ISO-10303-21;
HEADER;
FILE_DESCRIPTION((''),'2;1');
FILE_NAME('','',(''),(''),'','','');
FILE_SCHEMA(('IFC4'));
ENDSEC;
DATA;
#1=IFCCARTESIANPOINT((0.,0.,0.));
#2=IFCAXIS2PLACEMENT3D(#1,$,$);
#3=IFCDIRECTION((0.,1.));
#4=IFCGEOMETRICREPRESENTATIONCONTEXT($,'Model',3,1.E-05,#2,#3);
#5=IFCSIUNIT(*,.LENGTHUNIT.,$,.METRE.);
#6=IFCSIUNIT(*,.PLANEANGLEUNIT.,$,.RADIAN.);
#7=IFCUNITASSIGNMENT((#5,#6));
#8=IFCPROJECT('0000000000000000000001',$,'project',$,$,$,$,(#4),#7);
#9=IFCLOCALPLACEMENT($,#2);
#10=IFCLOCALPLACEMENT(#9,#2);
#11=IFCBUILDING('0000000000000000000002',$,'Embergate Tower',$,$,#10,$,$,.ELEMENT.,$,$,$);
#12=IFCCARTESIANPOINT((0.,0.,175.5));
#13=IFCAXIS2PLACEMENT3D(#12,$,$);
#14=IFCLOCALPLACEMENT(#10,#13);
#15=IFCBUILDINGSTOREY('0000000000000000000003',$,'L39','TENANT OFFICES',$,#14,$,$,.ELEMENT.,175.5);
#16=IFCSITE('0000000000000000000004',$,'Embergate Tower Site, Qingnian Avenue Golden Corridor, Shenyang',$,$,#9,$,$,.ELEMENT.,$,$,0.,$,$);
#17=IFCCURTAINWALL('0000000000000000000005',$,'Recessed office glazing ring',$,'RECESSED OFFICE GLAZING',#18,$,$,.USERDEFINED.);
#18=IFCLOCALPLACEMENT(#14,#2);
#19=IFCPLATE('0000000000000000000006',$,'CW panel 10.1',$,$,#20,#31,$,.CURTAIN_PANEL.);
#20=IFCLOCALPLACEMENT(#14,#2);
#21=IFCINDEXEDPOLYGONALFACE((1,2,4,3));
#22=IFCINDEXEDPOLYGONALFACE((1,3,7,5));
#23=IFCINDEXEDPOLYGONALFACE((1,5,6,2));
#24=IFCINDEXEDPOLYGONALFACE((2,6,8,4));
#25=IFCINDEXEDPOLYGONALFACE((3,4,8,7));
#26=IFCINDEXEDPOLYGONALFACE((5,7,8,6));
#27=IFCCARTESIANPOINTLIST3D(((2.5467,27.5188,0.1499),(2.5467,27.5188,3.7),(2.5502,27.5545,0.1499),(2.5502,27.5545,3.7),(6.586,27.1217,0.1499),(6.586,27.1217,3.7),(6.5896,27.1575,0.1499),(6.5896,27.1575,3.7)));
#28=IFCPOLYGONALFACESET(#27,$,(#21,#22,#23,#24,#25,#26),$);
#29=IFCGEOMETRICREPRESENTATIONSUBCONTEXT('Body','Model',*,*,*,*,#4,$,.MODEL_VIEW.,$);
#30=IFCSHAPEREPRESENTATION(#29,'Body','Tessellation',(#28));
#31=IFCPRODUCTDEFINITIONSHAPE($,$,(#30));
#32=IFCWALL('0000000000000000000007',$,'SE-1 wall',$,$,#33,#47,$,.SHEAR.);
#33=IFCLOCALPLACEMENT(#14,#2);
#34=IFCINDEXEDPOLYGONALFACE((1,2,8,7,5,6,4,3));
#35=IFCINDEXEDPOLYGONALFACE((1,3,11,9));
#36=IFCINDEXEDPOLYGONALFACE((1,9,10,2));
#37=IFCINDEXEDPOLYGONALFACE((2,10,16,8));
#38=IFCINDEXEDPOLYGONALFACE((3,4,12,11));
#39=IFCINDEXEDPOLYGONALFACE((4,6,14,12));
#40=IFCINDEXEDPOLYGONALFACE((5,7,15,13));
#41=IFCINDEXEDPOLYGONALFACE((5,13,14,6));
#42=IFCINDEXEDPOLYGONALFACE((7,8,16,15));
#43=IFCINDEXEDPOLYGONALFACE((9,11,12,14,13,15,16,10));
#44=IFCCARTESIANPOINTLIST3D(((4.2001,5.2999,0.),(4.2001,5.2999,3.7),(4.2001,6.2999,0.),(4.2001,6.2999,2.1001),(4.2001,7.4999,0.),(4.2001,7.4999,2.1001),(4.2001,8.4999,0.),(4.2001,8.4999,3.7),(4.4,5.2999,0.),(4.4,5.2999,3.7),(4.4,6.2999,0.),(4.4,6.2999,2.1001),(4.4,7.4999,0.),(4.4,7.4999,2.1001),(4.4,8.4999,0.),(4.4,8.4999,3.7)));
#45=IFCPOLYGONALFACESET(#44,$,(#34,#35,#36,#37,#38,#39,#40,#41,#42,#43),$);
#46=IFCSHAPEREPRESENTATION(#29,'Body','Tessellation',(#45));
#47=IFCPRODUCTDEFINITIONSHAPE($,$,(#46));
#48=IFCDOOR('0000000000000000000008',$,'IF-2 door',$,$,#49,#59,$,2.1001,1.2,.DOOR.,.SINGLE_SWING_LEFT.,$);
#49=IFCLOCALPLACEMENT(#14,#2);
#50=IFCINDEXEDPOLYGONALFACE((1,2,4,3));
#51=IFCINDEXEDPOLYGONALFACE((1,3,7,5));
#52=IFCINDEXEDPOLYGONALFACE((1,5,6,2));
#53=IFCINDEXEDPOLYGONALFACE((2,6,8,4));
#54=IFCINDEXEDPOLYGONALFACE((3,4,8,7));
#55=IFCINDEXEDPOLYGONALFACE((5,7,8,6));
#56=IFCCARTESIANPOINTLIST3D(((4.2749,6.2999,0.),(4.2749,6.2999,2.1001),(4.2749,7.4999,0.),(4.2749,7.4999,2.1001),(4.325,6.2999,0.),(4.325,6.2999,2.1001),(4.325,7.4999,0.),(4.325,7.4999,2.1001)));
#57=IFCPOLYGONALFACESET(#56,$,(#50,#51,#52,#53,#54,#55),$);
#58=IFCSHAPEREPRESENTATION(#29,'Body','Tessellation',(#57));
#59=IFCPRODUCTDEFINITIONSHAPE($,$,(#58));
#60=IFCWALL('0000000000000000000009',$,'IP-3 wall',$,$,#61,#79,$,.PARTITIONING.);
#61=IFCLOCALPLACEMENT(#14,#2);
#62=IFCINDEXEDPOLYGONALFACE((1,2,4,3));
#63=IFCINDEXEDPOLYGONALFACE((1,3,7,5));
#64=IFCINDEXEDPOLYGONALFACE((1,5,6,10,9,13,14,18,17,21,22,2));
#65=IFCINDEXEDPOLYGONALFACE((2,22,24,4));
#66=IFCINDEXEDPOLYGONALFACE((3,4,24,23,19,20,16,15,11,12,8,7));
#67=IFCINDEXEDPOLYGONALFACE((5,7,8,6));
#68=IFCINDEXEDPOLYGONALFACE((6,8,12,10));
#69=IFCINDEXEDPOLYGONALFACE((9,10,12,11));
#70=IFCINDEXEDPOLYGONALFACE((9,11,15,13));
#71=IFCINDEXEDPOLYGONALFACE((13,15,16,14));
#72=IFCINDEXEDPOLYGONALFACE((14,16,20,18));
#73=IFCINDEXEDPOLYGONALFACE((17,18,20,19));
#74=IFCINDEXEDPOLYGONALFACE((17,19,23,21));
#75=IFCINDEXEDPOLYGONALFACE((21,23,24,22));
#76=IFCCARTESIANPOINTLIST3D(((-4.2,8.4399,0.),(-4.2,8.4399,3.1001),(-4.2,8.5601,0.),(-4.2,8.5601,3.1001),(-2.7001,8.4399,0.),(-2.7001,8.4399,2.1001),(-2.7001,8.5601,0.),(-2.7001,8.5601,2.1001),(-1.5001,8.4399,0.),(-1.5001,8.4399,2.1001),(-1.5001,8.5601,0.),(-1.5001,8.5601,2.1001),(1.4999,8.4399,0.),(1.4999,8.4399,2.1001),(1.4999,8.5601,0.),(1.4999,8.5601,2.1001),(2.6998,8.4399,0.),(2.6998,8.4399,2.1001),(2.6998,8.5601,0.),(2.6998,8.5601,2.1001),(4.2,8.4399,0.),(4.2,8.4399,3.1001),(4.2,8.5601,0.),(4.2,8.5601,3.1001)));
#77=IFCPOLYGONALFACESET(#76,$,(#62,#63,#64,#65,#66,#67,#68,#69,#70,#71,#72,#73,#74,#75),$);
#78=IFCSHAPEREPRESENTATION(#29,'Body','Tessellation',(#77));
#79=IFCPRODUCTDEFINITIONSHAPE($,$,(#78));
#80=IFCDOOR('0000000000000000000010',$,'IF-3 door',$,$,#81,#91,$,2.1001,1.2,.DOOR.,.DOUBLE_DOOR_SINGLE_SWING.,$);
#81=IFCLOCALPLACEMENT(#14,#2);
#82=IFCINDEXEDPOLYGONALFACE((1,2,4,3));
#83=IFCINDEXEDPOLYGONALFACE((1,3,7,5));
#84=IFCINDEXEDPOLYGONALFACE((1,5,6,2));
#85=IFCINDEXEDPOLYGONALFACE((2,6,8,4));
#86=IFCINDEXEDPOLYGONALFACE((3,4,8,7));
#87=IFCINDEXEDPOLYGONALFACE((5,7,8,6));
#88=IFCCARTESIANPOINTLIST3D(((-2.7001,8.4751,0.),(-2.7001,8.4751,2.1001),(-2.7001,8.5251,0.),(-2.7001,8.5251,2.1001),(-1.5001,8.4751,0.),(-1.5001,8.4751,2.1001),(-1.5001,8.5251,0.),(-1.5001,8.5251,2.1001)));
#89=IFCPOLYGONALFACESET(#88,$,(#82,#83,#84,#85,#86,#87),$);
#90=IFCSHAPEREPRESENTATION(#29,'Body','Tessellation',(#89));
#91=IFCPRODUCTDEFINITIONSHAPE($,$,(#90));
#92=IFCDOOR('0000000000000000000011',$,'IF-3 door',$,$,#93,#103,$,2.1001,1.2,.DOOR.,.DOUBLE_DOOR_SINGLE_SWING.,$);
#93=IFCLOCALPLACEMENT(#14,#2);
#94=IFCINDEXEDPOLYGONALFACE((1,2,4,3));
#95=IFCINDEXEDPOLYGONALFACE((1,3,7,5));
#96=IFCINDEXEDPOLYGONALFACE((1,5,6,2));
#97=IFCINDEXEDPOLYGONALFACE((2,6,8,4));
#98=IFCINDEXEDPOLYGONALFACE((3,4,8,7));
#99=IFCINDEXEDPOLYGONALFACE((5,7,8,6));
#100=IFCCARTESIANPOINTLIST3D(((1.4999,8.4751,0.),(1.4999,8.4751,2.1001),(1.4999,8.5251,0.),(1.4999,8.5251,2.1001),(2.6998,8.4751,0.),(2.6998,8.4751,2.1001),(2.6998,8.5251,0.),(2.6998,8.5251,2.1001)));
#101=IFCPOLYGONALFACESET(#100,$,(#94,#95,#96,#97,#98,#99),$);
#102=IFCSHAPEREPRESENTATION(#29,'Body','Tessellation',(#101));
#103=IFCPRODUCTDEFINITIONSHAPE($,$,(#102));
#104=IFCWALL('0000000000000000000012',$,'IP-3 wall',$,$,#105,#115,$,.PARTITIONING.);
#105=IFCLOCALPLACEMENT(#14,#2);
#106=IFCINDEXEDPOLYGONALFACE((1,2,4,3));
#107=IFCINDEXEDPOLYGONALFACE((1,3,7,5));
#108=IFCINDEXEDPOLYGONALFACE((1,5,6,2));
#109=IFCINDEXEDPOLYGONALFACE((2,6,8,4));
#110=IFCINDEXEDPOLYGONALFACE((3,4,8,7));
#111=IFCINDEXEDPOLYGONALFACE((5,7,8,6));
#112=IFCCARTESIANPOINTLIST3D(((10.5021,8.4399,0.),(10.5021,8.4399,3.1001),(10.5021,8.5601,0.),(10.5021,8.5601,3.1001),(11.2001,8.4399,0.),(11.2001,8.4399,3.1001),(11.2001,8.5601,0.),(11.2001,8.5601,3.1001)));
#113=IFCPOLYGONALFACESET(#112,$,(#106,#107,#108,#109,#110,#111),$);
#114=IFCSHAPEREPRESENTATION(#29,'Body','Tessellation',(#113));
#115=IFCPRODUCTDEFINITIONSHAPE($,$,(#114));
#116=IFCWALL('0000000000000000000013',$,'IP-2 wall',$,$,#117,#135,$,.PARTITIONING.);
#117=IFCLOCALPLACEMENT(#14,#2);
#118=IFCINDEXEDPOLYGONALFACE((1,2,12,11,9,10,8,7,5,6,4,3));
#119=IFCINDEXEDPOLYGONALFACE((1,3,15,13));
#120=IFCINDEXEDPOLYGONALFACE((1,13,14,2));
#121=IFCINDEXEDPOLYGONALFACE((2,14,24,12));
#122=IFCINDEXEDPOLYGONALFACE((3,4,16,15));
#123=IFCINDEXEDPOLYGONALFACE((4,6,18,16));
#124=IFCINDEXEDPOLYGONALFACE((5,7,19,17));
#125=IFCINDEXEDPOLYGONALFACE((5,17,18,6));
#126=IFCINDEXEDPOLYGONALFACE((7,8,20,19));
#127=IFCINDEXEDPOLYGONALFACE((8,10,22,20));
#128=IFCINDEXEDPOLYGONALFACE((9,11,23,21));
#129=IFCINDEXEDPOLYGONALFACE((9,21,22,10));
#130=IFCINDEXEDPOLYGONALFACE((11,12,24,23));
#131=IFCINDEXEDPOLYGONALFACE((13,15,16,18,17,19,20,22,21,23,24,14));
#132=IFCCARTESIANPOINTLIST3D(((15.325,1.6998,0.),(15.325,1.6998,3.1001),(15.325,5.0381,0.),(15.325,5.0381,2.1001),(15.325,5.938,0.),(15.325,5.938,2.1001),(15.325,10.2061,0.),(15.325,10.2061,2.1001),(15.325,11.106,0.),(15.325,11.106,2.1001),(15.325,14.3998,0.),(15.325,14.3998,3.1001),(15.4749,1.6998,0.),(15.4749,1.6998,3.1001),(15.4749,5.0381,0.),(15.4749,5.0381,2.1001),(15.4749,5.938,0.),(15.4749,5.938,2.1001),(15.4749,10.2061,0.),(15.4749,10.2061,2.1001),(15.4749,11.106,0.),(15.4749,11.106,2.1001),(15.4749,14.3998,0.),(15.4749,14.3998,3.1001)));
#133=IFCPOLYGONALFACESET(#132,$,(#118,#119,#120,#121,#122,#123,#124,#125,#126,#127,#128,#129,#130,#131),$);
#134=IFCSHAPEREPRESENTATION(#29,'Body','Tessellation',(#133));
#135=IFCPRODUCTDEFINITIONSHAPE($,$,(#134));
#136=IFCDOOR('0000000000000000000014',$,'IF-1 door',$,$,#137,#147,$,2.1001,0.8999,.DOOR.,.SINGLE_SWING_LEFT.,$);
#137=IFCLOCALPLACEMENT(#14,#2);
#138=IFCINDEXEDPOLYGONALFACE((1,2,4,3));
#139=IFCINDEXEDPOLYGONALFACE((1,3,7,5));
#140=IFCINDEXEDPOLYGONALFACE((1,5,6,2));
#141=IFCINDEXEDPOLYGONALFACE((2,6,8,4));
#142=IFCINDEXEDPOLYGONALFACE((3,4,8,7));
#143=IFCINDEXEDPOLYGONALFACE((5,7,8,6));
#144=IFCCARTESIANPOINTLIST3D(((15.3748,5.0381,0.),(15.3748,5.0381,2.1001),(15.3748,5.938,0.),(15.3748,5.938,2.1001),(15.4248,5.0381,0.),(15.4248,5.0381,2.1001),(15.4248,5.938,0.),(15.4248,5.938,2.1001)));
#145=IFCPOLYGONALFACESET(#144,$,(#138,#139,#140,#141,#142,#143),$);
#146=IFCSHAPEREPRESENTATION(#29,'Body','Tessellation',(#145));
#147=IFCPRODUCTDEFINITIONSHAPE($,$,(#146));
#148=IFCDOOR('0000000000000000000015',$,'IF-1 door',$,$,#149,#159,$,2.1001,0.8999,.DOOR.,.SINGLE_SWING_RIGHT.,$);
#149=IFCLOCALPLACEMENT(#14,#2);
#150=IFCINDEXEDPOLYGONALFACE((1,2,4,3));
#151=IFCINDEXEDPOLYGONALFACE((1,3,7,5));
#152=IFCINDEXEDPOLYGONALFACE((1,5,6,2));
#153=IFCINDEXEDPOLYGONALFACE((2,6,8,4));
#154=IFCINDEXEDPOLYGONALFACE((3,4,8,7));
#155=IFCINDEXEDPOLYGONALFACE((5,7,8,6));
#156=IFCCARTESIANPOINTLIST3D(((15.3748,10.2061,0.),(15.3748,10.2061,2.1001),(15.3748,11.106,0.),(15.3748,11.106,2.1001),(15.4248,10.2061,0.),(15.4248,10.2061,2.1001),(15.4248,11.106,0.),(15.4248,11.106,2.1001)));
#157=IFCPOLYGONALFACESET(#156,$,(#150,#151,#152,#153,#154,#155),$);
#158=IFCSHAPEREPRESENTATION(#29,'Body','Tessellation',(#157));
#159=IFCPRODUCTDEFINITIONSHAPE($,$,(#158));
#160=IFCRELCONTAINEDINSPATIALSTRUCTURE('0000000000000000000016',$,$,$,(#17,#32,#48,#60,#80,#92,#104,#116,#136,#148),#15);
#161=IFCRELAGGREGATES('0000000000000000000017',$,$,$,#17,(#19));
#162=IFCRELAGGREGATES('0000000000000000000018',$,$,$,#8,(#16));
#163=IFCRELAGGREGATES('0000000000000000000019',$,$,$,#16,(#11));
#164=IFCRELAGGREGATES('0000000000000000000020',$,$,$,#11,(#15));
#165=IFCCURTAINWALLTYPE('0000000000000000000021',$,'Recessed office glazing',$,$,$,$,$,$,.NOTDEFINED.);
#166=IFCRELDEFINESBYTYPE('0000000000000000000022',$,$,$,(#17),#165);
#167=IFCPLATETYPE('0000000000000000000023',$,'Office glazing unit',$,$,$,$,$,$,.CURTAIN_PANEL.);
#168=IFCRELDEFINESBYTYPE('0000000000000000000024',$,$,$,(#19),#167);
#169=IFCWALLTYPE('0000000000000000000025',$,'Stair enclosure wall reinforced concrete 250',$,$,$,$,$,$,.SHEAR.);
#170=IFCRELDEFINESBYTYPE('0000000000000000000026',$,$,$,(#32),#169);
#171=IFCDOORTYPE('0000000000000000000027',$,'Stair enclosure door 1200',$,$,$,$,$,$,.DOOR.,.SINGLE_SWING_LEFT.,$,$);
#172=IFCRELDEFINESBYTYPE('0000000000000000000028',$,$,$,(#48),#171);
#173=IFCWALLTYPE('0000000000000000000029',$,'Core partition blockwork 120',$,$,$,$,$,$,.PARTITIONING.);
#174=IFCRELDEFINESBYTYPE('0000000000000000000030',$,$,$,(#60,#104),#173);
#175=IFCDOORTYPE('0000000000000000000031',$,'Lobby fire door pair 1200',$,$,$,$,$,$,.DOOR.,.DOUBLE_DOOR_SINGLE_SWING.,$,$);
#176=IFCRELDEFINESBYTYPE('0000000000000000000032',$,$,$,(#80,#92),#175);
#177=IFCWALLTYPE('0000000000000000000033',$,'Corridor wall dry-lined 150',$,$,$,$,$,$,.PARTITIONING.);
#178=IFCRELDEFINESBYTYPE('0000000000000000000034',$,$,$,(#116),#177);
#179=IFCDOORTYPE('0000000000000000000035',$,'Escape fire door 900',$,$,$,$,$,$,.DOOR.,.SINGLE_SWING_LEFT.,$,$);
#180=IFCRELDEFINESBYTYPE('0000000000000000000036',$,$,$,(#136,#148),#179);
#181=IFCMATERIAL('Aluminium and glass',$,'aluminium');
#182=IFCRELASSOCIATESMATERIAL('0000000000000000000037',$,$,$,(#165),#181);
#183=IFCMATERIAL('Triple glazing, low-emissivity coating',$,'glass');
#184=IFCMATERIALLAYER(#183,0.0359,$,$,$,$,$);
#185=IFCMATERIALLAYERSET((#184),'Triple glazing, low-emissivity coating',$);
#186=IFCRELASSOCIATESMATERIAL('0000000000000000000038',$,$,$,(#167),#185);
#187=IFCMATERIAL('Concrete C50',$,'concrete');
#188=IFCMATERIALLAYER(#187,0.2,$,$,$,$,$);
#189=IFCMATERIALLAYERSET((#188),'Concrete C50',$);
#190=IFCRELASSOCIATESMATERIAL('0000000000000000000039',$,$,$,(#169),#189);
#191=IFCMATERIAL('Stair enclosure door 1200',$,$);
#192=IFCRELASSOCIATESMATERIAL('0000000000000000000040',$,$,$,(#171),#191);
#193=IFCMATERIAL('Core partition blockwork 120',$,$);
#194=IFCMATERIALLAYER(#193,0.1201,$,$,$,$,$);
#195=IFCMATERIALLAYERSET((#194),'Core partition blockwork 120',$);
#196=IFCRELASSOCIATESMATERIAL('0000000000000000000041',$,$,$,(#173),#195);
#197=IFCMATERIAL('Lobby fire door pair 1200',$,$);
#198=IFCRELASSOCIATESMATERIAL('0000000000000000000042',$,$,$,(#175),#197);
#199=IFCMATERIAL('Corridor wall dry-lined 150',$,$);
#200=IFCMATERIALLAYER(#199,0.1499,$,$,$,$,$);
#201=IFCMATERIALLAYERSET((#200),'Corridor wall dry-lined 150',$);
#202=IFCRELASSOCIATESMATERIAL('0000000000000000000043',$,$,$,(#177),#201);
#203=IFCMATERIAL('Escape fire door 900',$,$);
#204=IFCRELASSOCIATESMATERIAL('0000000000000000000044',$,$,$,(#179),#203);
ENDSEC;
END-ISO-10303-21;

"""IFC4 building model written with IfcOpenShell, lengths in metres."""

from ifc_helpers import new_model, si_unit, direction, frame, frame_2d, origin, origin_2d, place, context, subcontext, project, spatial, rectangle, extrude, source, transform, mapped, material, layer, layer_set, type_object, element, fill, aggregate, save


model = new_model("IFC4")

# Units and contexts
model_context = context("Model", 3, precision=1e-05, world=origin(), true_north=direction((0.0, 1.0)))
body_context = subcontext(model_context, "Body", "Model", "MODEL_VIEW")
ifc_project = project(units=[si_unit("LENGTHUNIT", "METRE"), si_unit("PLANEANGLEUNIT", "RADIAN")], contexts=[model_context])

# Site, building, storey
site_placement = place(None, origin())
site = spatial("IfcSite", under=ifc_project, at=site_placement, Name="Embergate Tower Site, Qingnian Avenue Golden Corridor, Shenyang", CompositionType="ELEMENT", RefElevation=0.0)
building_placement = place(site_placement, origin())
building = spatial("IfcBuilding", under=site, at=building_placement, Name="Embergate Tower", CompositionType="ELEMENT")
storey_placement = place(building_placement, frame((0.0, 0.0, 175.5)))
storey = spatial("IfcBuildingStorey", under=building, at=storey_placement, Name="L39", Description="TENANT OFFICES", CompositionType="ELEMENT", Elevation=175.5)

# Curtain wall, plate
ifc_material_1 = material(Name="Aluminium and glass", Category="aluminium")
curtain_wall_type = type_object("IfcCurtainWallType", Name="Recessed office glazing", PredefinedType="NOTDEFINED", material=ifc_material_1)
curtain_wall_placement = place(storey_placement, origin())
curtain_wall = element("IfcCurtainWall", 1, at=curtain_wall_placement, inside=storey, type_object=curtain_wall_type, Name="Recessed office glazing ring", ObjectType="RECESSED OFFICE GLAZING", PredefinedType="USERDEFINED")
ifc_material_2 = material(Name="Triple glazing, low-emissivity coating", Category="glass")
ifc_layer_1 = layer(ifc_material_2, 0.0359)
ifc_layer_set_1 = layer_set([ifc_layer_1], Name="Triple glazing, low-emissivity coating")
plate_type = type_object("IfcPlateType", Name="Office glazing unit", PredefinedType="CURTAIN_PANEL", material=ifc_layer_set_1)
shared_shape_1 = source(origin(), body_context, "Body", "SweptSolid", [
    extrude(rectangle(XDim=4.0588, YDim=0.0359, at=origin_2d()), origin(), (0.0, 0.0, 1.0), 3.55),
])
plate_1_placement = place(storey_placement, frame((4.5681, 27.3381, 0.1499), z_axis=(0.0, 0.0, 1.0), x_axis=(-0.995203, 0.097828, 0.0)))
plate_1 = element("IfcPlate", 2, at=plate_1_placement, type_object=plate_type, Name="CW panel 10.1", PredefinedType="CURTAIN_PANEL", context=body_context, shape_type="MappedRepresentation", body=[
    mapped(shared_shape_1, transform((0.0, 0.0, 0.0))),
])
aggregate(curtain_wall, [plate_1])

# Wall, opening, door
ifc_material_3 = material(Name="Concrete C50", Category="concrete")
ifc_layer_2 = layer(ifc_material_3, 0.2)
ifc_layer_set_2 = layer_set([ifc_layer_2], Name="Concrete C50")
wall_type_1 = type_object("IfcWallType", Name="Stair enclosure wall reinforced concrete 250", PredefinedType="SHEAR", material=ifc_layer_set_2)
shared_shape_2 = source(origin(), body_context, "Body", "SweptSolid", [
    extrude(rectangle(XDim=3.2, YDim=0.2, at=frame_2d((1.6001, 0.0))), origin(), (0.0, 0.0, 1.0), 3.7),
])
wall_1_placement = place(storey_placement, frame((4.3, 8.5, 0.0), z_axis=(0.0, 0.0, 1.0), x_axis=(0.0, -1.0, 0.0)))
wall_1 = element("IfcWall", 3, at=wall_1_placement, inside=storey, type_object=wall_type_1, Name="SE-1 wall", PredefinedType="SHEAR", context=body_context, shape_type="MappedRepresentation", body=[
    mapped(shared_shape_2, transform((0.0, 0.0, 0.0))),
])
shared_shape_3 = source(origin(), body_context, "Body", "SweptSolid", [
    extrude(rectangle(XDim=1.2, YDim=2.1001, at=frame_2d((0.6001, 1.05))), frame((0.0, 0.1099, 0.0), z_axis=(0.0, -1.0, 0.0), x_axis=(1.0, 0.0, 0.0)), (0.0, 0.0, 1.0), 0.22),
])
opening_1_placement = place(wall_1_placement, frame((1.0, 0.0, 0.0)))
opening_1 = element("IfcOpeningElement", 4, at=opening_1_placement, cuts=wall_1, PredefinedType="OPENING", context=body_context, shape_type="MappedRepresentation", body=[
    mapped(shared_shape_3, transform((0.0, 0.0, 0.0))),
])
ifc_material_4 = material(Name="Stair enclosure door 1200")
door_type_1 = type_object("IfcDoorType", Name="Stair enclosure door 1200", OperationType="SINGLE_SWING_LEFT", PredefinedType="DOOR", material=ifc_material_4)
shared_shape_4 = source(origin(), body_context, "Body", "SweptSolid", [
    extrude(rectangle(XDim=1.2, YDim=2.1001, at=frame_2d((0.6001, 1.05))), frame((0.0, 0.0249, 0.0), z_axis=(0.0, -1.0, 0.0), x_axis=(1.0, 0.0, 0.0)), (0.0, 0.0, 1.0), 0.05),
])
door_1_placement = place(opening_1_placement, origin())
door_1 = element("IfcDoor", 5, at=door_1_placement, inside=storey, type_object=door_type_1, Name="IF-2 door", OperationType="SINGLE_SWING_LEFT", OverallHeight=2.1001, OverallWidth=1.2, PredefinedType="DOOR", context=body_context, shape_type="MappedRepresentation", body=[
    mapped(shared_shape_4, transform((0.0, 0.0, 0.0))),
])
fill(opening_1, door_1)

# Wall, openings, doors
ifc_material_5 = material(Name="Core partition blockwork 120")
ifc_layer_3 = layer(ifc_material_5, 0.1201)
ifc_layer_set_3 = layer_set([ifc_layer_3], Name="Core partition blockwork 120")
wall_type_2 = type_object("IfcWallType", Name="Core partition blockwork 120", PredefinedType="PARTITIONING", material=ifc_layer_set_3)
shared_shape_5 = source(origin(), body_context, "Body", "SweptSolid", [
    extrude(rectangle(XDim=8.3999, YDim=0.1201, at=frame_2d((4.2, 0.0))), origin(), (0.0, 0.0, 1.0), 3.1001),
])
wall_2_placement = place(storey_placement, frame((4.2, 8.5, 0.0), z_axis=(0.0, 0.0, 1.0), x_axis=(-1.0, 0.0, 0.0)))
wall_2 = element("IfcWall", 6, at=wall_2_placement, inside=storey, type_object=wall_type_2, Name="IP-3 wall", PredefinedType="PARTITIONING", context=body_context, shape_type="MappedRepresentation", body=[
    mapped(shared_shape_5, transform((0.0, 0.0, 0.0))),
])
shared_shape_6 = source(origin(), body_context, "Body", "SweptSolid", [
    extrude(rectangle(XDim=1.2, YDim=2.1001, at=frame_2d((0.6001, 1.05))), frame((0.0, 0.0701, 0.0), z_axis=(0.0, -1.0, 0.0), x_axis=(1.0, 0.0, 0.0)), (0.0, 0.0, 1.0), 0.1401),
])
opening_2_placement = place(wall_2_placement, frame((5.7, 0.0, 0.0)))
opening_2 = element("IfcOpeningElement", 7, at=opening_2_placement, cuts=wall_2, PredefinedType="OPENING", context=body_context, shape_type="MappedRepresentation", body=[
    mapped(shared_shape_6, transform((0.0, 0.0, 0.0))),
])
opening_3_placement = place(wall_2_placement, frame((1.5, 0.0, 0.0)))
opening_3 = element("IfcOpeningElement", 8, at=opening_3_placement, cuts=wall_2, PredefinedType="OPENING", context=body_context, shape_type="MappedRepresentation", body=[
    mapped(shared_shape_6, transform((0.0, 0.0, 0.0))),
])
ifc_material_6 = material(Name="Lobby fire door pair 1200")
door_type_2 = type_object("IfcDoorType", Name="Lobby fire door pair 1200", OperationType="DOUBLE_DOOR_SINGLE_SWING", PredefinedType="DOOR", material=ifc_material_6)
door_2_placement = place(opening_2_placement, origin())
door_2 = element("IfcDoor", 9, at=door_2_placement, inside=storey, type_object=door_type_2, Name="IF-3 door", OperationType="DOUBLE_DOOR_SINGLE_SWING", OverallHeight=2.1001, OverallWidth=1.2, PredefinedType="DOOR", context=body_context, shape_type="MappedRepresentation", body=[
    mapped(shared_shape_4, transform((0.0, 0.0, 0.0))),
])
fill(opening_2, door_2)
door_3_placement = place(opening_3_placement, origin())
door_3 = element("IfcDoor", 10, at=door_3_placement, inside=storey, type_object=door_type_2, Name="IF-3 door", OperationType="DOUBLE_DOOR_SINGLE_SWING", OverallHeight=2.1001, OverallWidth=1.2, PredefinedType="DOOR", context=body_context, shape_type="MappedRepresentation", body=[
    mapped(shared_shape_4, transform((0.0, 0.0, 0.0))),
])
fill(opening_3, door_3)

# Wall
shared_shape_7 = source(origin(), body_context, "Body", "SweptSolid", [
    extrude(rectangle(XDim=0.698, YDim=0.1201, at=frame_2d((0.3491, 0.0))), origin(), (0.0, 0.0, 1.0), 3.1001),
])
wall_3_placement = place(storey_placement, frame((10.502, 8.5, 0.0), z_axis=(0.0, 0.0, 1.0), x_axis=(1.0, 0.0, 0.0)))
element("IfcWall", 11, at=wall_3_placement, inside=storey, type_object=wall_type_2, Name="IP-3 wall", PredefinedType="PARTITIONING", context=body_context, shape_type="MappedRepresentation", body=[
    mapped(shared_shape_7, transform((0.0, 0.0, 0.0))),
])

# Wall, openings, doors
ifc_material_7 = material(Name="Corridor wall dry-lined 150")
ifc_layer_4 = layer(ifc_material_7, 0.1499)
ifc_layer_set_4 = layer_set([ifc_layer_4], Name="Corridor wall dry-lined 150")
wall_type_3 = type_object("IfcWallType", Name="Corridor wall dry-lined 150", PredefinedType="PARTITIONING", material=ifc_layer_set_4)
shared_shape_8 = source(origin(), body_context, "Body", "SweptSolid", [
    extrude(rectangle(XDim=12.7, YDim=0.1499, at=frame_2d((6.3501, 0.0))), origin(), (0.0, 0.0, 1.0), 3.1001),
])
wall_4_placement = place(storey_placement, frame((15.3999, 14.3999, 0.0), z_axis=(0.0, 0.0, 1.0), x_axis=(0.0, -1.0, 0.0)))
wall_4 = element("IfcWall", 12, at=wall_4_placement, inside=storey, type_object=wall_type_3, Name="IP-2 wall", PredefinedType="PARTITIONING", context=body_context, shape_type="MappedRepresentation", body=[
    mapped(shared_shape_8, transform((0.0, 0.0, 0.0))),
])
shared_shape_9 = source(origin(), body_context, "Body", "SweptSolid", [
    extrude(rectangle(XDim=0.8999, YDim=2.1001, at=frame_2d((0.45, 1.05))), frame((0.0, 0.085, 0.0), z_axis=(0.0, -1.0, 0.0), x_axis=(1.0, 0.0, 0.0)), (0.0, 0.0, 1.0), 0.1699),
])
opening_4_placement = place(wall_4_placement, frame((8.4619, 0.0, 0.0)))
opening_4 = element("IfcOpeningElement", 13, at=opening_4_placement, cuts=wall_4, PredefinedType="OPENING", context=body_context, shape_type="MappedRepresentation", body=[
    mapped(shared_shape_9, transform((0.0, 0.0, 0.0))),
])
opening_5_placement = place(wall_4_placement, frame((3.2939, 0.0, 0.0)))
opening_5 = element("IfcOpeningElement", 14, at=opening_5_placement, cuts=wall_4, PredefinedType="OPENING", context=body_context, shape_type="MappedRepresentation", body=[
    mapped(shared_shape_9, transform((0.0, 0.0, 0.0))),
])
ifc_material_8 = material(Name="Escape fire door 900")
door_type_3 = type_object("IfcDoorType", Name="Escape fire door 900", OperationType="SINGLE_SWING_LEFT", PredefinedType="DOOR", material=ifc_material_8)
shared_shape_10 = source(origin(), body_context, "Body", "SweptSolid", [
    extrude(rectangle(XDim=0.8999, YDim=2.1001, at=frame_2d((0.45, 1.05))), frame((0.0, 0.0249, 0.0), z_axis=(0.0, -1.0, 0.0), x_axis=(1.0, 0.0, 0.0)), (0.0, 0.0, 1.0), 0.05),
])
door_4_placement = place(opening_4_placement, origin())
door_4 = element("IfcDoor", 15, at=door_4_placement, inside=storey, type_object=door_type_3, Name="IF-1 door", OperationType="SINGLE_SWING_LEFT", OverallHeight=2.1001, OverallWidth=0.8999, PredefinedType="DOOR", context=body_context, shape_type="MappedRepresentation", body=[
    mapped(shared_shape_10, transform((0.0, 0.0, 0.0))),
])
fill(opening_4, door_4)
door_5_placement = place(opening_5_placement, origin())
door_5 = element("IfcDoor", 16, at=door_5_placement, inside=storey, type_object=door_type_3, Name="IF-1 door", OperationType="SINGLE_SWING_RIGHT", OverallHeight=2.1001, OverallWidth=0.8999, PredefinedType="DOOR", context=body_context, shape_type="MappedRepresentation", body=[
    mapped(shared_shape_10, transform((0.0, 0.0, 0.0))),
])
fill(opening_5, door_5)

save(model, "model.ifc")
